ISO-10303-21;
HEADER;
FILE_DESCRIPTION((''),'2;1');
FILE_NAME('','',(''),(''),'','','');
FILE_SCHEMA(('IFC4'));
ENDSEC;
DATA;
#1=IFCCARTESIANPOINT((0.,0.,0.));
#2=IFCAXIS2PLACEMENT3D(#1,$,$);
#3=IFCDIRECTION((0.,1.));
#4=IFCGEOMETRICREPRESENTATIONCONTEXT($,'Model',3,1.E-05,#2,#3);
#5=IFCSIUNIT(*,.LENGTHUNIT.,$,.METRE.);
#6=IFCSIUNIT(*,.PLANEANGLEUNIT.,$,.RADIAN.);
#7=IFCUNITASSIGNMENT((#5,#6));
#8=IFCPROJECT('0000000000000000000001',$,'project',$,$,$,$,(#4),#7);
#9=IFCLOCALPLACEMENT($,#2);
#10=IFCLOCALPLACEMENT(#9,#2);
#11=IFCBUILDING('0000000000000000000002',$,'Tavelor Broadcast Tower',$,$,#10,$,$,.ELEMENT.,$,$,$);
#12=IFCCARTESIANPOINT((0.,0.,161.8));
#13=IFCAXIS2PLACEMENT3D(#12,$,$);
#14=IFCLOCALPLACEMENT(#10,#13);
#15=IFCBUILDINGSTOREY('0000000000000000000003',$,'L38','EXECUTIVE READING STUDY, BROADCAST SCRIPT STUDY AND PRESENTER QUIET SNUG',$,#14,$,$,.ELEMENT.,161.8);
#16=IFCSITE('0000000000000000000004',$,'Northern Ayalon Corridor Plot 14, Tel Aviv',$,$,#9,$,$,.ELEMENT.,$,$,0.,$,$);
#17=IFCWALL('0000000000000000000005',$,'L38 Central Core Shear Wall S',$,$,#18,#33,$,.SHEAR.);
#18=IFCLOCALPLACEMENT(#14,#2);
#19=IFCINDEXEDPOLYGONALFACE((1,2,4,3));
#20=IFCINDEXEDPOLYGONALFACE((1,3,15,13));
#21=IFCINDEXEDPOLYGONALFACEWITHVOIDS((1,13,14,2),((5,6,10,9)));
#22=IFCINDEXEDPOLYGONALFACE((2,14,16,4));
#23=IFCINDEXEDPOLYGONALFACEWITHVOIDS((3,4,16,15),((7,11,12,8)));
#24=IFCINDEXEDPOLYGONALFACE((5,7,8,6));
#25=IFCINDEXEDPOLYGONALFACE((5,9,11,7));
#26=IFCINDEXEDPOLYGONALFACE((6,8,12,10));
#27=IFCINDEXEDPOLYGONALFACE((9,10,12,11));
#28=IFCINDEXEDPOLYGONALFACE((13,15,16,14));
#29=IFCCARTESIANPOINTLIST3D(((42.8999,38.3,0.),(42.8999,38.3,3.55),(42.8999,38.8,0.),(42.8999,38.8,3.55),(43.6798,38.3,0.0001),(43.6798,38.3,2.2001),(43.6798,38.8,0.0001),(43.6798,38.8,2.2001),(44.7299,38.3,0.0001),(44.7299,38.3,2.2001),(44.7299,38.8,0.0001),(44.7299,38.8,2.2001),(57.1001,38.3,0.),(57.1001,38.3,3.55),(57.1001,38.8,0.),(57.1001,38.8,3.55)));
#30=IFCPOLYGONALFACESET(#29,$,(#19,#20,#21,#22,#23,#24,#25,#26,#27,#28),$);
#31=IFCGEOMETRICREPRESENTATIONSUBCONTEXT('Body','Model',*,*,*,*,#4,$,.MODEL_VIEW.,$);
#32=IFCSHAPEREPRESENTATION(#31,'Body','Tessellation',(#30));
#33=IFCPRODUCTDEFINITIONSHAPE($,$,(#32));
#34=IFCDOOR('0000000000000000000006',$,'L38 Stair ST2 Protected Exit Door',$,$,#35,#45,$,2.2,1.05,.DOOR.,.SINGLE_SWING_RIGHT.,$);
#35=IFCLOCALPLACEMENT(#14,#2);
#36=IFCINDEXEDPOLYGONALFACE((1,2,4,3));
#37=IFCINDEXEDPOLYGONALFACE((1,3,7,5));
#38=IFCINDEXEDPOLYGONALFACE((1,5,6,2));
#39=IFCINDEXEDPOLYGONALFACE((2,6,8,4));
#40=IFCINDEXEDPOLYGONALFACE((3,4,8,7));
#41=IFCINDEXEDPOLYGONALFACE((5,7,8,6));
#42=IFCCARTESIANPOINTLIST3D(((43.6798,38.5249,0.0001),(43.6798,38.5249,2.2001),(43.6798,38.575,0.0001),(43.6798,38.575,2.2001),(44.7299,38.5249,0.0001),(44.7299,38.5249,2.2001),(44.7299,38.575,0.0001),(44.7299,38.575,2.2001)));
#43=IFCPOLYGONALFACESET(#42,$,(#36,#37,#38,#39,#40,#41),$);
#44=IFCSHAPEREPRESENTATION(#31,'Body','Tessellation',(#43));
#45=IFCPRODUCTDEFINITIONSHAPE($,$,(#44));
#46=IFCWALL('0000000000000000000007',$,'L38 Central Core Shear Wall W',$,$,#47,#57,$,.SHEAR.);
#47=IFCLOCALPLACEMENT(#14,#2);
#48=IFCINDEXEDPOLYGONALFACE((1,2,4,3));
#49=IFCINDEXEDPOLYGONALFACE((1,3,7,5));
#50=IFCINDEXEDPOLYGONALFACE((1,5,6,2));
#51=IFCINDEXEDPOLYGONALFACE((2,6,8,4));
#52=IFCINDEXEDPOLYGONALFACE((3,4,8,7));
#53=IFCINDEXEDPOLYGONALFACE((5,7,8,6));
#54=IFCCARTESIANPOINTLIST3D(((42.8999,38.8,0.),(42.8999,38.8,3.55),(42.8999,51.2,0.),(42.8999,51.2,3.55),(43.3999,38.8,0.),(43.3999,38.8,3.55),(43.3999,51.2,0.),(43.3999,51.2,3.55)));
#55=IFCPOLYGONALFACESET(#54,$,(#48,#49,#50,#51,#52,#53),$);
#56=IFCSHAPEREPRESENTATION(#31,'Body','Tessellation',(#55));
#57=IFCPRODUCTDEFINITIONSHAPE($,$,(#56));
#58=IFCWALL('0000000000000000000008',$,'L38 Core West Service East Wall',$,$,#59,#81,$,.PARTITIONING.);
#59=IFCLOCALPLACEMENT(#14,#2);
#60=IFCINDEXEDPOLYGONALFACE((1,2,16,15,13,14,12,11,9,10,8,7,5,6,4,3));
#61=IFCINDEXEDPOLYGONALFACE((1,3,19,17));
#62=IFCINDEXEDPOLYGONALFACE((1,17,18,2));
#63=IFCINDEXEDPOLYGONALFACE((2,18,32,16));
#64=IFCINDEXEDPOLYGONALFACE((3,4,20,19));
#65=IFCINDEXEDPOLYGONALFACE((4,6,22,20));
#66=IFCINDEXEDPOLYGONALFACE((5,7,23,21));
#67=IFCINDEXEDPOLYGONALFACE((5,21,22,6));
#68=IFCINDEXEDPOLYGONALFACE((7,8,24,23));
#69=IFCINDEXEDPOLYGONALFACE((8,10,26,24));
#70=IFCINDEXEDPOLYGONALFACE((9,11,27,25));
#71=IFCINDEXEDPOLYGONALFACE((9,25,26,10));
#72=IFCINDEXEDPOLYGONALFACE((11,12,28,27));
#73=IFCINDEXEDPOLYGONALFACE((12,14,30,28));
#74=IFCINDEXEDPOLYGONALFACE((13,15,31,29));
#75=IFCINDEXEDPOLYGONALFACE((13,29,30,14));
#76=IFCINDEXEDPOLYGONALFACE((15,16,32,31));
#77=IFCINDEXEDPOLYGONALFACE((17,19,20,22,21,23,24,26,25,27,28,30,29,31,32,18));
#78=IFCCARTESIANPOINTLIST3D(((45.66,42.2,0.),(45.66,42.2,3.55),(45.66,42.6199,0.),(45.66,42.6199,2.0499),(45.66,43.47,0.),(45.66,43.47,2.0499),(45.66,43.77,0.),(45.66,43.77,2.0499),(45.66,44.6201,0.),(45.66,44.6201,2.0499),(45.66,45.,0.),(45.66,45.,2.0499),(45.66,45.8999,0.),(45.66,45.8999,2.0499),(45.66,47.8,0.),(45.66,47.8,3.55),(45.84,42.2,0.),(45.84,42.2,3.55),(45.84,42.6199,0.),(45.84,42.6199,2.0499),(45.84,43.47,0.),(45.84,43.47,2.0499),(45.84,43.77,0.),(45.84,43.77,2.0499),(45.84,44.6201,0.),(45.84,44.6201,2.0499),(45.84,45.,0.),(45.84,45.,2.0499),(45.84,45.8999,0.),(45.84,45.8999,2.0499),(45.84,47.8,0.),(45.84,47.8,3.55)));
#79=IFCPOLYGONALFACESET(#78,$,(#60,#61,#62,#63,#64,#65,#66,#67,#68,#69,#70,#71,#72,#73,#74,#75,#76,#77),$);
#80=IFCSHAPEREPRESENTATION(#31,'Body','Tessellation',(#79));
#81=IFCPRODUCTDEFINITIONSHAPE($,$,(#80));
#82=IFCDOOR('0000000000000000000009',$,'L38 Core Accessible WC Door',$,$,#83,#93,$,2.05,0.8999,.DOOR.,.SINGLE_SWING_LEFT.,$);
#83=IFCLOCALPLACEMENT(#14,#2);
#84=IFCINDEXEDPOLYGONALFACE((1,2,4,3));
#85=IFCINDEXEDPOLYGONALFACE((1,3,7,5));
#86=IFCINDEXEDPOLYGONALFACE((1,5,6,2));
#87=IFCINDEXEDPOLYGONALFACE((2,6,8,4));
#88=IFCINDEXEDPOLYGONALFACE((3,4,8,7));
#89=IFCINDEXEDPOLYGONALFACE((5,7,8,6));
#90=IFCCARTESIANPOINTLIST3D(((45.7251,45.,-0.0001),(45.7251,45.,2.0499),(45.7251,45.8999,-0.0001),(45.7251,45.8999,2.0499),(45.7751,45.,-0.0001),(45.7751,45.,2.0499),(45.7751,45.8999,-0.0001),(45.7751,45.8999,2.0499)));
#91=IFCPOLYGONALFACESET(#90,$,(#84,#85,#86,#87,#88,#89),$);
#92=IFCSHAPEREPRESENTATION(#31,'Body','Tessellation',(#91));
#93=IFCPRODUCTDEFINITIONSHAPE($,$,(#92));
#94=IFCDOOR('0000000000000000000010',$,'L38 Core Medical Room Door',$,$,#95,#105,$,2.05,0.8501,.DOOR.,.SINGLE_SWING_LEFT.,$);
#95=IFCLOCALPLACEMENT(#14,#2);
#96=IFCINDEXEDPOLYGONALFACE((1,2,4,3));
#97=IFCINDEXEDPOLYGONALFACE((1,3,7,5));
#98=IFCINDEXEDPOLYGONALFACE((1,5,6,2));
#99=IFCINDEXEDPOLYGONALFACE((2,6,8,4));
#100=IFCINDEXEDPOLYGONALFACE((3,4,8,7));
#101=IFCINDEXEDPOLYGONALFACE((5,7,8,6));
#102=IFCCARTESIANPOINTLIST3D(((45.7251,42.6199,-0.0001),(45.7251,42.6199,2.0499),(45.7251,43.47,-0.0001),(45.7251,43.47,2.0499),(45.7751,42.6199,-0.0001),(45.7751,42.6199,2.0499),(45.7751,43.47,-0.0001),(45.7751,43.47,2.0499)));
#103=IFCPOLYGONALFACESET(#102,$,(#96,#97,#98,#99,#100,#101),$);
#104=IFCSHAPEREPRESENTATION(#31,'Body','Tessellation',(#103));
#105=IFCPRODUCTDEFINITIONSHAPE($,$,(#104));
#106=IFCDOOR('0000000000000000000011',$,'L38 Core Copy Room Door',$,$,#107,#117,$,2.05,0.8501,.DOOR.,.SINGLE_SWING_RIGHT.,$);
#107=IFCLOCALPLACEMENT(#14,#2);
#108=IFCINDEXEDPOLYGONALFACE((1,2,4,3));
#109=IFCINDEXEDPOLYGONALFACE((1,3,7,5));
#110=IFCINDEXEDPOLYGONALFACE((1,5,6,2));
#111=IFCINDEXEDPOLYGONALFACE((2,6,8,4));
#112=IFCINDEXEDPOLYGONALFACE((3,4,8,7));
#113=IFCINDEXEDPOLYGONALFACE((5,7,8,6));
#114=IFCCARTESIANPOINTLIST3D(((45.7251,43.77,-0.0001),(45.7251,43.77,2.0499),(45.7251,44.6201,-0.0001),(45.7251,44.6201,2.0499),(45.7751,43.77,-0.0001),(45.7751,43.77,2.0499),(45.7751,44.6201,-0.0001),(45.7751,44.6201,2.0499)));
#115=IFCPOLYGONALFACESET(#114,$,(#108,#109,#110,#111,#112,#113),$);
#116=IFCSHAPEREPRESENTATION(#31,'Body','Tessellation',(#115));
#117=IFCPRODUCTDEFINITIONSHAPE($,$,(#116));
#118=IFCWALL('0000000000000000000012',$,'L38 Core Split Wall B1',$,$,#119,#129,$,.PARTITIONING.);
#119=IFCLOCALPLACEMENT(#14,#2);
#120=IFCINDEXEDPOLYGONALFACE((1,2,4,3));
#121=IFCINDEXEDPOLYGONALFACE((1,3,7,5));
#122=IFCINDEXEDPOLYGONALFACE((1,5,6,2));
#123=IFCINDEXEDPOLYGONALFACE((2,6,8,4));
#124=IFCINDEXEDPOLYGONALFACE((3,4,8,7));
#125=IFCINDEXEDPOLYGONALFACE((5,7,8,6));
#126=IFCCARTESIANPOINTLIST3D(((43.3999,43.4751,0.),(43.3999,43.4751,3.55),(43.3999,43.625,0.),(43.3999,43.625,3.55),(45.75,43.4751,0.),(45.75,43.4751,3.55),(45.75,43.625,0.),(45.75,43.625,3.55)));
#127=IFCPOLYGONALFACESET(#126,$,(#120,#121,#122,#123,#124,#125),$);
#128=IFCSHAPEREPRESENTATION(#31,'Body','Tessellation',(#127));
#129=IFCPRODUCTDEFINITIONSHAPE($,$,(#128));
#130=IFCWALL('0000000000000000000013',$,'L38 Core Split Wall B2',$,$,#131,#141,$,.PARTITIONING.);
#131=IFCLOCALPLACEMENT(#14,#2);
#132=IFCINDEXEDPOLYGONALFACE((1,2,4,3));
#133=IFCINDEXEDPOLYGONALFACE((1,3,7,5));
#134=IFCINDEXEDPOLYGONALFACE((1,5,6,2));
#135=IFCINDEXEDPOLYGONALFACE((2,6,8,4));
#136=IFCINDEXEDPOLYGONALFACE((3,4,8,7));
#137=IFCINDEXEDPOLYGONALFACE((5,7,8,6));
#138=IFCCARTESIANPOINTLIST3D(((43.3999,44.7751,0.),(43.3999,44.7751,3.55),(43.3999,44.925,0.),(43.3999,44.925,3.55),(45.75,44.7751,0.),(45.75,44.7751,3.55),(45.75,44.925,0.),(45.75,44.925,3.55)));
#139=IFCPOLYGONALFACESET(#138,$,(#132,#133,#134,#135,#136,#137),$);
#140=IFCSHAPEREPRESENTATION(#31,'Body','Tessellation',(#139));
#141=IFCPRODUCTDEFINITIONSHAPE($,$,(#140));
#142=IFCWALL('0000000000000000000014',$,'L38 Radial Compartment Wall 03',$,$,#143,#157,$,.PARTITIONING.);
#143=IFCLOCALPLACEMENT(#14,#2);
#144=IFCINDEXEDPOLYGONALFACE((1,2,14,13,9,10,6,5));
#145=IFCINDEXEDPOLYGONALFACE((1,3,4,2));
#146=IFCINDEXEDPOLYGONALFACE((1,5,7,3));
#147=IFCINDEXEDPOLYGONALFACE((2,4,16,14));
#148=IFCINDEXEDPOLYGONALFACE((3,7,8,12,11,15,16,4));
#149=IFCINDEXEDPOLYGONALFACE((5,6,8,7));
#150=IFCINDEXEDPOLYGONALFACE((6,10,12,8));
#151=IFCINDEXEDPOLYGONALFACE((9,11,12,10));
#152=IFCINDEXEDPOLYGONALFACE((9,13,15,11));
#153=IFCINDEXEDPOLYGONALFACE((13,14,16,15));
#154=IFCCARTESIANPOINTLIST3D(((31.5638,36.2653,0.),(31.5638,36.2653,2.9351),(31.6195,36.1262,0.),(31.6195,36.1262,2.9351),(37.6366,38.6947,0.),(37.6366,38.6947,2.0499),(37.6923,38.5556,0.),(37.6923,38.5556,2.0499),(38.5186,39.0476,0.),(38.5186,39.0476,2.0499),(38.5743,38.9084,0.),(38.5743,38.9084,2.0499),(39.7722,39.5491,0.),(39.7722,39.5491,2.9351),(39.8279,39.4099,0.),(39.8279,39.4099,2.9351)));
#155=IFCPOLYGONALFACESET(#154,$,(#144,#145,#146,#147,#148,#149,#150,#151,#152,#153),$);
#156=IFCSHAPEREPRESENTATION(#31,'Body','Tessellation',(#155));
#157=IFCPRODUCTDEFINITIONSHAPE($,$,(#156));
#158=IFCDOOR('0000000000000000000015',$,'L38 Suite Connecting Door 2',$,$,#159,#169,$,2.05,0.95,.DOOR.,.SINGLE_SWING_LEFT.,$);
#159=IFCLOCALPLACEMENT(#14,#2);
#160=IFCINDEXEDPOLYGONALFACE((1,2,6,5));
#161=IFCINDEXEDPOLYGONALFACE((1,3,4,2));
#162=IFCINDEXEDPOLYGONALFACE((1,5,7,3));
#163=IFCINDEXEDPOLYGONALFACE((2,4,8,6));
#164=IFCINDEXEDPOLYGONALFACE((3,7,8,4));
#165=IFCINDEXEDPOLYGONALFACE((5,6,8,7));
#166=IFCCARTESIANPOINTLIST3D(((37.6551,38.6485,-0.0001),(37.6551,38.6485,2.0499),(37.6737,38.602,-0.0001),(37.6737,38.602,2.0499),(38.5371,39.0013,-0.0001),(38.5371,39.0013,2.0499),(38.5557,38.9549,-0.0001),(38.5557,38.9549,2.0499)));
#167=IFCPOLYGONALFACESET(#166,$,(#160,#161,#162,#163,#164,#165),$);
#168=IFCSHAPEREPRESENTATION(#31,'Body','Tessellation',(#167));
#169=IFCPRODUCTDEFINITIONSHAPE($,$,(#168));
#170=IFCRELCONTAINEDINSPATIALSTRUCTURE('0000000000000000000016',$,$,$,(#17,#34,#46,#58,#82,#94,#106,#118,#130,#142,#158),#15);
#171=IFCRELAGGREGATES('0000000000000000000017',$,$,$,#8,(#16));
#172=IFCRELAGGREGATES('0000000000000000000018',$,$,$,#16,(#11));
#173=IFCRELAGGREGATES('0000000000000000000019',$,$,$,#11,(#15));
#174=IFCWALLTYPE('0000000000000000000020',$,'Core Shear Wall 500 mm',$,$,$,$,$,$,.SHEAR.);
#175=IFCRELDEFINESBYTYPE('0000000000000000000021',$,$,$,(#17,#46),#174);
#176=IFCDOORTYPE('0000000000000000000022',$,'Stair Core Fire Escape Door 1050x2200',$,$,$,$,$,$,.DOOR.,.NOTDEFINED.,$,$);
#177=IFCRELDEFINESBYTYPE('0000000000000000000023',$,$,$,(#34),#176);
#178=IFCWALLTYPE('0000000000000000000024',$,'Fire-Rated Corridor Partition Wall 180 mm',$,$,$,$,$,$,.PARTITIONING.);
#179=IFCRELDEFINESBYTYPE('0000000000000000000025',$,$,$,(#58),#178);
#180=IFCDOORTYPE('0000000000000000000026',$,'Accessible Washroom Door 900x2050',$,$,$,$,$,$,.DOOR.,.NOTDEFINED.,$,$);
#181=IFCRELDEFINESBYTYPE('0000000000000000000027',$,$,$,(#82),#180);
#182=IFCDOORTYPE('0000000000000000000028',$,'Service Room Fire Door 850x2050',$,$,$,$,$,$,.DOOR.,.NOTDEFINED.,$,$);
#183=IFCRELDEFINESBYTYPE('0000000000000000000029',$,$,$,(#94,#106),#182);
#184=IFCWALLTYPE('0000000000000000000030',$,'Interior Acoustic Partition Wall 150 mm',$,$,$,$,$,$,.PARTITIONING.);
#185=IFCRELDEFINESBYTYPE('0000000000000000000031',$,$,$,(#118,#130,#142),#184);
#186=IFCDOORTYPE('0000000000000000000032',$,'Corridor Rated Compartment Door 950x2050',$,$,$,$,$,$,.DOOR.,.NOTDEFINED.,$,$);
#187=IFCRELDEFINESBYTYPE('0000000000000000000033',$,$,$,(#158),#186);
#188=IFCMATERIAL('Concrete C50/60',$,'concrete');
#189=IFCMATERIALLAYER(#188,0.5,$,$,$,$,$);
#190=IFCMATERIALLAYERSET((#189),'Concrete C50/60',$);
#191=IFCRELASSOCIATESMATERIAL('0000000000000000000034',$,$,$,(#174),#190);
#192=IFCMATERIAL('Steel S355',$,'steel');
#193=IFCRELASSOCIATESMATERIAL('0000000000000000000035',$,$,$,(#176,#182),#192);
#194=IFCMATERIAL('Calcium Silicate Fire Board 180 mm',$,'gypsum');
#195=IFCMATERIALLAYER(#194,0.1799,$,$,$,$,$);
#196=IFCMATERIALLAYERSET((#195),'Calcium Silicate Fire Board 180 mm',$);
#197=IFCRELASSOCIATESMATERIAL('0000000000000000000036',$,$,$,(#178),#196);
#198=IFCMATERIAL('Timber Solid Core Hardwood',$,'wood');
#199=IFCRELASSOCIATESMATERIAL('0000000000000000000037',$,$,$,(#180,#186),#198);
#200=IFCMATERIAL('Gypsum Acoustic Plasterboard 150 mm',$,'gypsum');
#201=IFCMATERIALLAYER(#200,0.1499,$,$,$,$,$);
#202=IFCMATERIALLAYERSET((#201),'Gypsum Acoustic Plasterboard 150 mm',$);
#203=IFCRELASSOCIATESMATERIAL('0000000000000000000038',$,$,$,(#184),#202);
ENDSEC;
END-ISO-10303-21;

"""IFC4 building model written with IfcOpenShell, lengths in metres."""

from ifc_helpers import new_model, si_unit, direction, frame, frame_2d, origin, place, context, subcontext, project, spatial, rectangle, extrude, material, layer, layer_set, type_object, element, fill, save


model = new_model("IFC4")

# Units and contexts
model_context = context("Model", 3, precision=1e-05, world=origin(), true_north=direction((0.0, 1.0)))
body_context = subcontext(model_context, "Body", "Model", "MODEL_VIEW")
ifc_project = project(units=[si_unit("LENGTHUNIT", "METRE"), si_unit("PLANEANGLEUNIT", "RADIAN")], contexts=[model_context])

# Site, building, storey
site_placement = place(None, origin())
site = spatial("IfcSite", under=ifc_project, at=site_placement, Name="Northern Ayalon Corridor Plot 14, Tel Aviv", CompositionType="ELEMENT", RefElevation=0.0)
building_placement = place(site_placement, origin())
building = spatial("IfcBuilding", under=site, at=building_placement, Name="Tavelor Broadcast Tower", CompositionType="ELEMENT")
storey_placement = place(building_placement, frame((0.0, 0.0, 161.8)))
storey = spatial("IfcBuildingStorey", under=building, at=storey_placement, Name="L38", Description="EXECUTIVE READING STUDY, BROADCAST SCRIPT STUDY AND PRESENTER QUIET SNUG", CompositionType="ELEMENT", Elevation=161.8)

# Shared definitions
ifc_material_1 = material(Name="Concrete C50/60", Category="concrete")

# Shared definitions
ifc_material_2 = material(Name="Steel S355", Category="steel")

# Wall, opening, door
ifc_layer_1 = layer(ifc_material_1, 0.5)
ifc_layer_set_1 = layer_set([ifc_layer_1], Name="Concrete C50/60")
wall_type_1 = type_object("IfcWallType", Name="Core Shear Wall 500 mm", PredefinedType="SHEAR", material=ifc_layer_set_1)
wall_1_placement = place(storey_placement, frame((42.8999, 38.55, 0.0), z_axis=(0.0, 0.0, 1.0), x_axis=(1.0, 0.0, 0.0)))
wall_1 = element("IfcWall", 1, at=wall_1_placement, inside=storey, type_object=wall_type_1, Name="L38 Central Core Shear Wall S", PredefinedType="SHEAR", context=body_context, shape_type="SweptSolid", body=[
    extrude(rectangle(XDim=14.2002, YDim=0.5, at=frame_2d((7.1001, 0.0))), origin(), (0.0, 0.0, 1.0), 3.55),
])
opening_1_placement = place(wall_1_placement, frame((0.78, 0.0, 0.0)))
opening_1 = element("IfcOpeningElement", 2, at=opening_1_placement, cuts=wall_1, PredefinedType="OPENING", context=body_context, shape_type="SweptSolid", body=[
    extrude(rectangle(XDim=1.05, YDim=2.2, at=frame_2d((0.5249, 1.1001))), frame((0.0, 0.26, 0.0), z_axis=(0.0, -1.0, 0.0), x_axis=(1.0, 0.0, 0.0)), (0.0, 0.0, 1.0), 0.52),
])
door_type_1 = type_object("IfcDoorType", Name="Stair Core Fire Escape Door 1050x2200", OperationType="NOTDEFINED", PredefinedType="DOOR", material=ifc_material_2)
door_1_placement = place(opening_1_placement, origin())
door_1 = element("IfcDoor", 3, at=door_1_placement, inside=storey, type_object=door_type_1, Name="L38 Stair ST2 Protected Exit Door", OperationType="SINGLE_SWING_RIGHT", OverallHeight=2.2, OverallWidth=1.05, PredefinedType="DOOR", context=body_context, shape_type="SweptSolid", body=[
    extrude(rectangle(XDim=1.05, YDim=2.2, at=frame_2d((0.5249, 1.1001))), frame((0.0, 0.0249, 0.0), z_axis=(0.0, -1.0, 0.0), x_axis=(1.0, 0.0, 0.0)), (0.0, 0.0, 1.0), 0.05),
])
fill(opening_1, door_1)

# Wall
wall_2_placement = place(storey_placement, frame((43.1499, 38.8, 0.0), z_axis=(0.0, 0.0, 1.0), x_axis=(0.0, 1.0, 0.0)))
element("IfcWall", 4, at=wall_2_placement, inside=storey, type_object=wall_type_1, Name="L38 Central Core Shear Wall W", PredefinedType="SHEAR", context=body_context, shape_type="SweptSolid", body=[
    extrude(rectangle(XDim=12.3999, YDim=0.5, at=frame_2d((6.2, 0.0))), origin(), (0.0, 0.0, 1.0), 3.55),
])

# Wall, openings, doors
ifc_material_3 = material(Name="Calcium Silicate Fire Board 180 mm", Category="gypsum")
ifc_layer_2 = layer(ifc_material_3, 0.1799)
ifc_layer_set_2 = layer_set([ifc_layer_2], Name="Calcium Silicate Fire Board 180 mm")
wall_type_2 = type_object("IfcWallType", Name="Fire-Rated Corridor Partition Wall 180 mm", PredefinedType="PARTITIONING", material=ifc_layer_set_2)
wall_3_placement = place(storey_placement, frame((45.75, 42.2, 0.0), z_axis=(0.0, 0.0, 1.0), x_axis=(0.0, 1.0, 0.0)))
wall_3 = element("IfcWall", 5, at=wall_3_placement, inside=storey, type_object=wall_type_2, Name="L38 Core West Service East Wall", PredefinedType="PARTITIONING", context=body_context, shape_type="SweptSolid", body=[
    extrude(rectangle(XDim=5.6001, YDim=0.1799, at=frame_2d((2.8, 0.0))), origin(), (0.0, 0.0, 1.0), 3.55),
])
opening_2_placement = place(wall_3_placement, frame((0.4199, 0.0, 0.0)))
opening_2 = element("IfcOpeningElement", 6, at=opening_2_placement, cuts=wall_3, PredefinedType="OPENING", context=body_context, shape_type="SweptSolid", body=[
    extrude(rectangle(XDim=0.8501, YDim=2.05, at=frame_2d((0.425, 1.0249))), frame((0.0, 0.1001, 0.0), z_axis=(0.0, -1.0, 0.0), x_axis=(1.0, 0.0, 0.0)), (0.0, 0.0, 1.0), 0.2),
])
opening_3_placement = place(wall_3_placement, frame((1.5701, 0.0, 0.0)))
opening_3 = element("IfcOpeningElement", 7, at=opening_3_placement, cuts=wall_3, PredefinedType="OPENING", context=body_context, shape_type="SweptSolid", body=[
    extrude(rectangle(XDim=0.8501, YDim=2.05, at=frame_2d((0.425, 1.0249))), frame((0.0, 0.1001, 0.0), z_axis=(0.0, -1.0, 0.0), x_axis=(1.0, 0.0, 0.0)), (0.0, 0.0, 1.0), 0.2),
])
opening_4_placement = place(wall_3_placement, frame((2.8, 0.0, 0.0)))
opening_4 = element("IfcOpeningElement", 8, at=opening_4_placement, cuts=wall_3, PredefinedType="OPENING", context=body_context, shape_type="SweptSolid", body=[
    extrude(rectangle(XDim=0.8999, YDim=2.05, at=frame_2d((0.45, 1.0249))), frame((0.0, 0.1001, 0.0), z_axis=(0.0, -1.0, 0.0), x_axis=(1.0, 0.0, 0.0)), (0.0, 0.0, 1.0), 0.2),
])
ifc_material_4 = material(Name="Timber Solid Core Hardwood", Category="wood")
door_type_2 = type_object("IfcDoorType", Name="Accessible Washroom Door 900x2050", OperationType="NOTDEFINED", PredefinedType="DOOR", material=ifc_material_4)
door_2_placement = place(opening_4_placement, origin())
door_2 = element("IfcDoor", 9, at=door_2_placement, inside=storey, type_object=door_type_2, Name="L38 Core Accessible WC Door", OperationType="SINGLE_SWING_LEFT", OverallHeight=2.05, OverallWidth=0.8999, PredefinedType="DOOR", context=body_context, shape_type="SweptSolid", body=[
    extrude(rectangle(XDim=0.8999, YDim=2.05, at=frame_2d((0.45, 1.0249))), frame((0.0, 0.0249, 0.0), z_axis=(0.0, -1.0, 0.0), x_axis=(1.0, 0.0, 0.0)), (0.0, 0.0, 1.0), 0.05),
])
fill(opening_4, door_2)
door_type_3 = type_object("IfcDoorType", Name="Service Room Fire Door 850x2050", OperationType="NOTDEFINED", PredefinedType="DOOR", material=ifc_material_2)
door_3_placement = place(opening_2_placement, origin())
door_3 = element("IfcDoor", 10, at=door_3_placement, inside=storey, type_object=door_type_3, Name="L38 Core Medical Room Door", OperationType="SINGLE_SWING_LEFT", OverallHeight=2.05, OverallWidth=0.8501, PredefinedType="DOOR", context=body_context, shape_type="SweptSolid", body=[
    extrude(rectangle(XDim=0.8501, YDim=2.05, at=frame_2d((0.425, 1.0249))), frame((0.0, 0.0249, 0.0), z_axis=(0.0, -1.0, 0.0), x_axis=(1.0, 0.0, 0.0)), (0.0, 0.0, 1.0), 0.05),
])
fill(opening_2, door_3)
door_4_placement = place(opening_3_placement, origin())
door_4 = element("IfcDoor", 11, at=door_4_placement, inside=storey, type_object=door_type_3, Name="L38 Core Copy Room Door", OperationType="SINGLE_SWING_RIGHT", OverallHeight=2.05, OverallWidth=0.8501, PredefinedType="DOOR", context=body_context, shape_type="SweptSolid", body=[
    extrude(rectangle(XDim=0.8501, YDim=2.05, at=frame_2d((0.425, 1.0249))), frame((0.0, 0.0249, 0.0), z_axis=(0.0, -1.0, 0.0), x_axis=(1.0, 0.0, 0.0)), (0.0, 0.0, 1.0), 0.05),
])
fill(opening_3, door_4)

# Walls
ifc_material_5 = material(Name="Gypsum Acoustic Plasterboard 150 mm", Category="gypsum")
ifc_layer_3 = layer(ifc_material_5, 0.1499)
ifc_layer_set_3 = layer_set([ifc_layer_3], Name="Gypsum Acoustic Plasterboard 150 mm")
wall_type_3 = type_object("IfcWallType", Name="Interior Acoustic Partition Wall 150 mm", PredefinedType="PARTITIONING", material=ifc_layer_set_3)
for number, where, z_axis, x_axis, name in (
    (12, (43.3999, 43.55, 0.0), (0.0, 0.0, 1.0), (1.0, 0.0, 0.0), "L38 Core Split Wall B1"),
    (13, (43.3999, 44.8501, 0.0), (0.0, 0.0, 1.0), (1.0, 0.0, 0.0), "L38 Core Split Wall B2"),
):
    element("IfcWall", number, at=place(storey_placement, frame(where, z_axis=z_axis, x_axis=x_axis)), inside=storey, type_object=wall_type_3, Name=name, PredefinedType="PARTITIONING", context=body_context, shape_type="SweptSolid", body=[
        extrude(rectangle(XDim=2.3501, YDim=0.1499, at=frame_2d((1.175, 0.0))), origin(), (0.0, 0.0, 1.0), 3.55),
    ])

# Wall, opening, door
wall_4_placement = place(storey_placement, frame((39.8, 39.4795, 0.0), z_axis=(0.0, 0.0, 1.0), x_axis=(-0.928461, -0.371429, 0.0)))
wall_4 = element("IfcWall", 14, at=wall_4_placement, inside=storey, type_object=wall_type_3, Name="L38 Radial Compartment Wall 03", PredefinedType="PARTITIONING", context=body_context, shape_type="SweptSolid", body=[
    extrude(rectangle(XDim=8.8408, YDim=0.1499, at=frame_2d((4.4204, 0.0))), origin(), (0.0, 0.0, 1.0), 2.9351),
])
opening_5_placement = place(wall_4_placement, frame((1.3501, 0.0, 0.0)))
opening_5 = element("IfcOpeningElement", 15, at=opening_5_placement, cuts=wall_4, PredefinedType="OPENING", context=body_context, shape_type="SweptSolid", body=[
    extrude(rectangle(XDim=0.95, YDim=2.05, at=frame_2d((0.4751, 1.0249))), frame((0.0, 0.085, 0.0), z_axis=(0.0, -1.0, 0.0), x_axis=(1.0, 0.0, 0.0)), (0.0, 0.0, 1.0), 0.1699),
])
door_type_4 = type_object("IfcDoorType", Name="Corridor Rated Compartment Door 950x2050", OperationType="NOTDEFINED", PredefinedType="DOOR", material=ifc_material_4)
door_5_placement = place(opening_5_placement, origin())
door_5 = element("IfcDoor", 16, at=door_5_placement, inside=storey, type_object=door_type_4, Name="L38 Suite Connecting Door 2", OperationType="SINGLE_SWING_LEFT", OverallHeight=2.05, OverallWidth=0.95, PredefinedType="DOOR", context=body_context, shape_type="SweptSolid", body=[
    extrude(rectangle(XDim=0.95, YDim=2.05, at=frame_2d((0.4751, 1.0249))), frame((0.0, 0.0249, 0.0), z_axis=(0.0, -1.0, 0.0), x_axis=(1.0, 0.0, 0.0)), (0.0, 0.0, 1.0), 0.05),
])
fill(opening_5, door_5)

save(model, "model.ifc")
